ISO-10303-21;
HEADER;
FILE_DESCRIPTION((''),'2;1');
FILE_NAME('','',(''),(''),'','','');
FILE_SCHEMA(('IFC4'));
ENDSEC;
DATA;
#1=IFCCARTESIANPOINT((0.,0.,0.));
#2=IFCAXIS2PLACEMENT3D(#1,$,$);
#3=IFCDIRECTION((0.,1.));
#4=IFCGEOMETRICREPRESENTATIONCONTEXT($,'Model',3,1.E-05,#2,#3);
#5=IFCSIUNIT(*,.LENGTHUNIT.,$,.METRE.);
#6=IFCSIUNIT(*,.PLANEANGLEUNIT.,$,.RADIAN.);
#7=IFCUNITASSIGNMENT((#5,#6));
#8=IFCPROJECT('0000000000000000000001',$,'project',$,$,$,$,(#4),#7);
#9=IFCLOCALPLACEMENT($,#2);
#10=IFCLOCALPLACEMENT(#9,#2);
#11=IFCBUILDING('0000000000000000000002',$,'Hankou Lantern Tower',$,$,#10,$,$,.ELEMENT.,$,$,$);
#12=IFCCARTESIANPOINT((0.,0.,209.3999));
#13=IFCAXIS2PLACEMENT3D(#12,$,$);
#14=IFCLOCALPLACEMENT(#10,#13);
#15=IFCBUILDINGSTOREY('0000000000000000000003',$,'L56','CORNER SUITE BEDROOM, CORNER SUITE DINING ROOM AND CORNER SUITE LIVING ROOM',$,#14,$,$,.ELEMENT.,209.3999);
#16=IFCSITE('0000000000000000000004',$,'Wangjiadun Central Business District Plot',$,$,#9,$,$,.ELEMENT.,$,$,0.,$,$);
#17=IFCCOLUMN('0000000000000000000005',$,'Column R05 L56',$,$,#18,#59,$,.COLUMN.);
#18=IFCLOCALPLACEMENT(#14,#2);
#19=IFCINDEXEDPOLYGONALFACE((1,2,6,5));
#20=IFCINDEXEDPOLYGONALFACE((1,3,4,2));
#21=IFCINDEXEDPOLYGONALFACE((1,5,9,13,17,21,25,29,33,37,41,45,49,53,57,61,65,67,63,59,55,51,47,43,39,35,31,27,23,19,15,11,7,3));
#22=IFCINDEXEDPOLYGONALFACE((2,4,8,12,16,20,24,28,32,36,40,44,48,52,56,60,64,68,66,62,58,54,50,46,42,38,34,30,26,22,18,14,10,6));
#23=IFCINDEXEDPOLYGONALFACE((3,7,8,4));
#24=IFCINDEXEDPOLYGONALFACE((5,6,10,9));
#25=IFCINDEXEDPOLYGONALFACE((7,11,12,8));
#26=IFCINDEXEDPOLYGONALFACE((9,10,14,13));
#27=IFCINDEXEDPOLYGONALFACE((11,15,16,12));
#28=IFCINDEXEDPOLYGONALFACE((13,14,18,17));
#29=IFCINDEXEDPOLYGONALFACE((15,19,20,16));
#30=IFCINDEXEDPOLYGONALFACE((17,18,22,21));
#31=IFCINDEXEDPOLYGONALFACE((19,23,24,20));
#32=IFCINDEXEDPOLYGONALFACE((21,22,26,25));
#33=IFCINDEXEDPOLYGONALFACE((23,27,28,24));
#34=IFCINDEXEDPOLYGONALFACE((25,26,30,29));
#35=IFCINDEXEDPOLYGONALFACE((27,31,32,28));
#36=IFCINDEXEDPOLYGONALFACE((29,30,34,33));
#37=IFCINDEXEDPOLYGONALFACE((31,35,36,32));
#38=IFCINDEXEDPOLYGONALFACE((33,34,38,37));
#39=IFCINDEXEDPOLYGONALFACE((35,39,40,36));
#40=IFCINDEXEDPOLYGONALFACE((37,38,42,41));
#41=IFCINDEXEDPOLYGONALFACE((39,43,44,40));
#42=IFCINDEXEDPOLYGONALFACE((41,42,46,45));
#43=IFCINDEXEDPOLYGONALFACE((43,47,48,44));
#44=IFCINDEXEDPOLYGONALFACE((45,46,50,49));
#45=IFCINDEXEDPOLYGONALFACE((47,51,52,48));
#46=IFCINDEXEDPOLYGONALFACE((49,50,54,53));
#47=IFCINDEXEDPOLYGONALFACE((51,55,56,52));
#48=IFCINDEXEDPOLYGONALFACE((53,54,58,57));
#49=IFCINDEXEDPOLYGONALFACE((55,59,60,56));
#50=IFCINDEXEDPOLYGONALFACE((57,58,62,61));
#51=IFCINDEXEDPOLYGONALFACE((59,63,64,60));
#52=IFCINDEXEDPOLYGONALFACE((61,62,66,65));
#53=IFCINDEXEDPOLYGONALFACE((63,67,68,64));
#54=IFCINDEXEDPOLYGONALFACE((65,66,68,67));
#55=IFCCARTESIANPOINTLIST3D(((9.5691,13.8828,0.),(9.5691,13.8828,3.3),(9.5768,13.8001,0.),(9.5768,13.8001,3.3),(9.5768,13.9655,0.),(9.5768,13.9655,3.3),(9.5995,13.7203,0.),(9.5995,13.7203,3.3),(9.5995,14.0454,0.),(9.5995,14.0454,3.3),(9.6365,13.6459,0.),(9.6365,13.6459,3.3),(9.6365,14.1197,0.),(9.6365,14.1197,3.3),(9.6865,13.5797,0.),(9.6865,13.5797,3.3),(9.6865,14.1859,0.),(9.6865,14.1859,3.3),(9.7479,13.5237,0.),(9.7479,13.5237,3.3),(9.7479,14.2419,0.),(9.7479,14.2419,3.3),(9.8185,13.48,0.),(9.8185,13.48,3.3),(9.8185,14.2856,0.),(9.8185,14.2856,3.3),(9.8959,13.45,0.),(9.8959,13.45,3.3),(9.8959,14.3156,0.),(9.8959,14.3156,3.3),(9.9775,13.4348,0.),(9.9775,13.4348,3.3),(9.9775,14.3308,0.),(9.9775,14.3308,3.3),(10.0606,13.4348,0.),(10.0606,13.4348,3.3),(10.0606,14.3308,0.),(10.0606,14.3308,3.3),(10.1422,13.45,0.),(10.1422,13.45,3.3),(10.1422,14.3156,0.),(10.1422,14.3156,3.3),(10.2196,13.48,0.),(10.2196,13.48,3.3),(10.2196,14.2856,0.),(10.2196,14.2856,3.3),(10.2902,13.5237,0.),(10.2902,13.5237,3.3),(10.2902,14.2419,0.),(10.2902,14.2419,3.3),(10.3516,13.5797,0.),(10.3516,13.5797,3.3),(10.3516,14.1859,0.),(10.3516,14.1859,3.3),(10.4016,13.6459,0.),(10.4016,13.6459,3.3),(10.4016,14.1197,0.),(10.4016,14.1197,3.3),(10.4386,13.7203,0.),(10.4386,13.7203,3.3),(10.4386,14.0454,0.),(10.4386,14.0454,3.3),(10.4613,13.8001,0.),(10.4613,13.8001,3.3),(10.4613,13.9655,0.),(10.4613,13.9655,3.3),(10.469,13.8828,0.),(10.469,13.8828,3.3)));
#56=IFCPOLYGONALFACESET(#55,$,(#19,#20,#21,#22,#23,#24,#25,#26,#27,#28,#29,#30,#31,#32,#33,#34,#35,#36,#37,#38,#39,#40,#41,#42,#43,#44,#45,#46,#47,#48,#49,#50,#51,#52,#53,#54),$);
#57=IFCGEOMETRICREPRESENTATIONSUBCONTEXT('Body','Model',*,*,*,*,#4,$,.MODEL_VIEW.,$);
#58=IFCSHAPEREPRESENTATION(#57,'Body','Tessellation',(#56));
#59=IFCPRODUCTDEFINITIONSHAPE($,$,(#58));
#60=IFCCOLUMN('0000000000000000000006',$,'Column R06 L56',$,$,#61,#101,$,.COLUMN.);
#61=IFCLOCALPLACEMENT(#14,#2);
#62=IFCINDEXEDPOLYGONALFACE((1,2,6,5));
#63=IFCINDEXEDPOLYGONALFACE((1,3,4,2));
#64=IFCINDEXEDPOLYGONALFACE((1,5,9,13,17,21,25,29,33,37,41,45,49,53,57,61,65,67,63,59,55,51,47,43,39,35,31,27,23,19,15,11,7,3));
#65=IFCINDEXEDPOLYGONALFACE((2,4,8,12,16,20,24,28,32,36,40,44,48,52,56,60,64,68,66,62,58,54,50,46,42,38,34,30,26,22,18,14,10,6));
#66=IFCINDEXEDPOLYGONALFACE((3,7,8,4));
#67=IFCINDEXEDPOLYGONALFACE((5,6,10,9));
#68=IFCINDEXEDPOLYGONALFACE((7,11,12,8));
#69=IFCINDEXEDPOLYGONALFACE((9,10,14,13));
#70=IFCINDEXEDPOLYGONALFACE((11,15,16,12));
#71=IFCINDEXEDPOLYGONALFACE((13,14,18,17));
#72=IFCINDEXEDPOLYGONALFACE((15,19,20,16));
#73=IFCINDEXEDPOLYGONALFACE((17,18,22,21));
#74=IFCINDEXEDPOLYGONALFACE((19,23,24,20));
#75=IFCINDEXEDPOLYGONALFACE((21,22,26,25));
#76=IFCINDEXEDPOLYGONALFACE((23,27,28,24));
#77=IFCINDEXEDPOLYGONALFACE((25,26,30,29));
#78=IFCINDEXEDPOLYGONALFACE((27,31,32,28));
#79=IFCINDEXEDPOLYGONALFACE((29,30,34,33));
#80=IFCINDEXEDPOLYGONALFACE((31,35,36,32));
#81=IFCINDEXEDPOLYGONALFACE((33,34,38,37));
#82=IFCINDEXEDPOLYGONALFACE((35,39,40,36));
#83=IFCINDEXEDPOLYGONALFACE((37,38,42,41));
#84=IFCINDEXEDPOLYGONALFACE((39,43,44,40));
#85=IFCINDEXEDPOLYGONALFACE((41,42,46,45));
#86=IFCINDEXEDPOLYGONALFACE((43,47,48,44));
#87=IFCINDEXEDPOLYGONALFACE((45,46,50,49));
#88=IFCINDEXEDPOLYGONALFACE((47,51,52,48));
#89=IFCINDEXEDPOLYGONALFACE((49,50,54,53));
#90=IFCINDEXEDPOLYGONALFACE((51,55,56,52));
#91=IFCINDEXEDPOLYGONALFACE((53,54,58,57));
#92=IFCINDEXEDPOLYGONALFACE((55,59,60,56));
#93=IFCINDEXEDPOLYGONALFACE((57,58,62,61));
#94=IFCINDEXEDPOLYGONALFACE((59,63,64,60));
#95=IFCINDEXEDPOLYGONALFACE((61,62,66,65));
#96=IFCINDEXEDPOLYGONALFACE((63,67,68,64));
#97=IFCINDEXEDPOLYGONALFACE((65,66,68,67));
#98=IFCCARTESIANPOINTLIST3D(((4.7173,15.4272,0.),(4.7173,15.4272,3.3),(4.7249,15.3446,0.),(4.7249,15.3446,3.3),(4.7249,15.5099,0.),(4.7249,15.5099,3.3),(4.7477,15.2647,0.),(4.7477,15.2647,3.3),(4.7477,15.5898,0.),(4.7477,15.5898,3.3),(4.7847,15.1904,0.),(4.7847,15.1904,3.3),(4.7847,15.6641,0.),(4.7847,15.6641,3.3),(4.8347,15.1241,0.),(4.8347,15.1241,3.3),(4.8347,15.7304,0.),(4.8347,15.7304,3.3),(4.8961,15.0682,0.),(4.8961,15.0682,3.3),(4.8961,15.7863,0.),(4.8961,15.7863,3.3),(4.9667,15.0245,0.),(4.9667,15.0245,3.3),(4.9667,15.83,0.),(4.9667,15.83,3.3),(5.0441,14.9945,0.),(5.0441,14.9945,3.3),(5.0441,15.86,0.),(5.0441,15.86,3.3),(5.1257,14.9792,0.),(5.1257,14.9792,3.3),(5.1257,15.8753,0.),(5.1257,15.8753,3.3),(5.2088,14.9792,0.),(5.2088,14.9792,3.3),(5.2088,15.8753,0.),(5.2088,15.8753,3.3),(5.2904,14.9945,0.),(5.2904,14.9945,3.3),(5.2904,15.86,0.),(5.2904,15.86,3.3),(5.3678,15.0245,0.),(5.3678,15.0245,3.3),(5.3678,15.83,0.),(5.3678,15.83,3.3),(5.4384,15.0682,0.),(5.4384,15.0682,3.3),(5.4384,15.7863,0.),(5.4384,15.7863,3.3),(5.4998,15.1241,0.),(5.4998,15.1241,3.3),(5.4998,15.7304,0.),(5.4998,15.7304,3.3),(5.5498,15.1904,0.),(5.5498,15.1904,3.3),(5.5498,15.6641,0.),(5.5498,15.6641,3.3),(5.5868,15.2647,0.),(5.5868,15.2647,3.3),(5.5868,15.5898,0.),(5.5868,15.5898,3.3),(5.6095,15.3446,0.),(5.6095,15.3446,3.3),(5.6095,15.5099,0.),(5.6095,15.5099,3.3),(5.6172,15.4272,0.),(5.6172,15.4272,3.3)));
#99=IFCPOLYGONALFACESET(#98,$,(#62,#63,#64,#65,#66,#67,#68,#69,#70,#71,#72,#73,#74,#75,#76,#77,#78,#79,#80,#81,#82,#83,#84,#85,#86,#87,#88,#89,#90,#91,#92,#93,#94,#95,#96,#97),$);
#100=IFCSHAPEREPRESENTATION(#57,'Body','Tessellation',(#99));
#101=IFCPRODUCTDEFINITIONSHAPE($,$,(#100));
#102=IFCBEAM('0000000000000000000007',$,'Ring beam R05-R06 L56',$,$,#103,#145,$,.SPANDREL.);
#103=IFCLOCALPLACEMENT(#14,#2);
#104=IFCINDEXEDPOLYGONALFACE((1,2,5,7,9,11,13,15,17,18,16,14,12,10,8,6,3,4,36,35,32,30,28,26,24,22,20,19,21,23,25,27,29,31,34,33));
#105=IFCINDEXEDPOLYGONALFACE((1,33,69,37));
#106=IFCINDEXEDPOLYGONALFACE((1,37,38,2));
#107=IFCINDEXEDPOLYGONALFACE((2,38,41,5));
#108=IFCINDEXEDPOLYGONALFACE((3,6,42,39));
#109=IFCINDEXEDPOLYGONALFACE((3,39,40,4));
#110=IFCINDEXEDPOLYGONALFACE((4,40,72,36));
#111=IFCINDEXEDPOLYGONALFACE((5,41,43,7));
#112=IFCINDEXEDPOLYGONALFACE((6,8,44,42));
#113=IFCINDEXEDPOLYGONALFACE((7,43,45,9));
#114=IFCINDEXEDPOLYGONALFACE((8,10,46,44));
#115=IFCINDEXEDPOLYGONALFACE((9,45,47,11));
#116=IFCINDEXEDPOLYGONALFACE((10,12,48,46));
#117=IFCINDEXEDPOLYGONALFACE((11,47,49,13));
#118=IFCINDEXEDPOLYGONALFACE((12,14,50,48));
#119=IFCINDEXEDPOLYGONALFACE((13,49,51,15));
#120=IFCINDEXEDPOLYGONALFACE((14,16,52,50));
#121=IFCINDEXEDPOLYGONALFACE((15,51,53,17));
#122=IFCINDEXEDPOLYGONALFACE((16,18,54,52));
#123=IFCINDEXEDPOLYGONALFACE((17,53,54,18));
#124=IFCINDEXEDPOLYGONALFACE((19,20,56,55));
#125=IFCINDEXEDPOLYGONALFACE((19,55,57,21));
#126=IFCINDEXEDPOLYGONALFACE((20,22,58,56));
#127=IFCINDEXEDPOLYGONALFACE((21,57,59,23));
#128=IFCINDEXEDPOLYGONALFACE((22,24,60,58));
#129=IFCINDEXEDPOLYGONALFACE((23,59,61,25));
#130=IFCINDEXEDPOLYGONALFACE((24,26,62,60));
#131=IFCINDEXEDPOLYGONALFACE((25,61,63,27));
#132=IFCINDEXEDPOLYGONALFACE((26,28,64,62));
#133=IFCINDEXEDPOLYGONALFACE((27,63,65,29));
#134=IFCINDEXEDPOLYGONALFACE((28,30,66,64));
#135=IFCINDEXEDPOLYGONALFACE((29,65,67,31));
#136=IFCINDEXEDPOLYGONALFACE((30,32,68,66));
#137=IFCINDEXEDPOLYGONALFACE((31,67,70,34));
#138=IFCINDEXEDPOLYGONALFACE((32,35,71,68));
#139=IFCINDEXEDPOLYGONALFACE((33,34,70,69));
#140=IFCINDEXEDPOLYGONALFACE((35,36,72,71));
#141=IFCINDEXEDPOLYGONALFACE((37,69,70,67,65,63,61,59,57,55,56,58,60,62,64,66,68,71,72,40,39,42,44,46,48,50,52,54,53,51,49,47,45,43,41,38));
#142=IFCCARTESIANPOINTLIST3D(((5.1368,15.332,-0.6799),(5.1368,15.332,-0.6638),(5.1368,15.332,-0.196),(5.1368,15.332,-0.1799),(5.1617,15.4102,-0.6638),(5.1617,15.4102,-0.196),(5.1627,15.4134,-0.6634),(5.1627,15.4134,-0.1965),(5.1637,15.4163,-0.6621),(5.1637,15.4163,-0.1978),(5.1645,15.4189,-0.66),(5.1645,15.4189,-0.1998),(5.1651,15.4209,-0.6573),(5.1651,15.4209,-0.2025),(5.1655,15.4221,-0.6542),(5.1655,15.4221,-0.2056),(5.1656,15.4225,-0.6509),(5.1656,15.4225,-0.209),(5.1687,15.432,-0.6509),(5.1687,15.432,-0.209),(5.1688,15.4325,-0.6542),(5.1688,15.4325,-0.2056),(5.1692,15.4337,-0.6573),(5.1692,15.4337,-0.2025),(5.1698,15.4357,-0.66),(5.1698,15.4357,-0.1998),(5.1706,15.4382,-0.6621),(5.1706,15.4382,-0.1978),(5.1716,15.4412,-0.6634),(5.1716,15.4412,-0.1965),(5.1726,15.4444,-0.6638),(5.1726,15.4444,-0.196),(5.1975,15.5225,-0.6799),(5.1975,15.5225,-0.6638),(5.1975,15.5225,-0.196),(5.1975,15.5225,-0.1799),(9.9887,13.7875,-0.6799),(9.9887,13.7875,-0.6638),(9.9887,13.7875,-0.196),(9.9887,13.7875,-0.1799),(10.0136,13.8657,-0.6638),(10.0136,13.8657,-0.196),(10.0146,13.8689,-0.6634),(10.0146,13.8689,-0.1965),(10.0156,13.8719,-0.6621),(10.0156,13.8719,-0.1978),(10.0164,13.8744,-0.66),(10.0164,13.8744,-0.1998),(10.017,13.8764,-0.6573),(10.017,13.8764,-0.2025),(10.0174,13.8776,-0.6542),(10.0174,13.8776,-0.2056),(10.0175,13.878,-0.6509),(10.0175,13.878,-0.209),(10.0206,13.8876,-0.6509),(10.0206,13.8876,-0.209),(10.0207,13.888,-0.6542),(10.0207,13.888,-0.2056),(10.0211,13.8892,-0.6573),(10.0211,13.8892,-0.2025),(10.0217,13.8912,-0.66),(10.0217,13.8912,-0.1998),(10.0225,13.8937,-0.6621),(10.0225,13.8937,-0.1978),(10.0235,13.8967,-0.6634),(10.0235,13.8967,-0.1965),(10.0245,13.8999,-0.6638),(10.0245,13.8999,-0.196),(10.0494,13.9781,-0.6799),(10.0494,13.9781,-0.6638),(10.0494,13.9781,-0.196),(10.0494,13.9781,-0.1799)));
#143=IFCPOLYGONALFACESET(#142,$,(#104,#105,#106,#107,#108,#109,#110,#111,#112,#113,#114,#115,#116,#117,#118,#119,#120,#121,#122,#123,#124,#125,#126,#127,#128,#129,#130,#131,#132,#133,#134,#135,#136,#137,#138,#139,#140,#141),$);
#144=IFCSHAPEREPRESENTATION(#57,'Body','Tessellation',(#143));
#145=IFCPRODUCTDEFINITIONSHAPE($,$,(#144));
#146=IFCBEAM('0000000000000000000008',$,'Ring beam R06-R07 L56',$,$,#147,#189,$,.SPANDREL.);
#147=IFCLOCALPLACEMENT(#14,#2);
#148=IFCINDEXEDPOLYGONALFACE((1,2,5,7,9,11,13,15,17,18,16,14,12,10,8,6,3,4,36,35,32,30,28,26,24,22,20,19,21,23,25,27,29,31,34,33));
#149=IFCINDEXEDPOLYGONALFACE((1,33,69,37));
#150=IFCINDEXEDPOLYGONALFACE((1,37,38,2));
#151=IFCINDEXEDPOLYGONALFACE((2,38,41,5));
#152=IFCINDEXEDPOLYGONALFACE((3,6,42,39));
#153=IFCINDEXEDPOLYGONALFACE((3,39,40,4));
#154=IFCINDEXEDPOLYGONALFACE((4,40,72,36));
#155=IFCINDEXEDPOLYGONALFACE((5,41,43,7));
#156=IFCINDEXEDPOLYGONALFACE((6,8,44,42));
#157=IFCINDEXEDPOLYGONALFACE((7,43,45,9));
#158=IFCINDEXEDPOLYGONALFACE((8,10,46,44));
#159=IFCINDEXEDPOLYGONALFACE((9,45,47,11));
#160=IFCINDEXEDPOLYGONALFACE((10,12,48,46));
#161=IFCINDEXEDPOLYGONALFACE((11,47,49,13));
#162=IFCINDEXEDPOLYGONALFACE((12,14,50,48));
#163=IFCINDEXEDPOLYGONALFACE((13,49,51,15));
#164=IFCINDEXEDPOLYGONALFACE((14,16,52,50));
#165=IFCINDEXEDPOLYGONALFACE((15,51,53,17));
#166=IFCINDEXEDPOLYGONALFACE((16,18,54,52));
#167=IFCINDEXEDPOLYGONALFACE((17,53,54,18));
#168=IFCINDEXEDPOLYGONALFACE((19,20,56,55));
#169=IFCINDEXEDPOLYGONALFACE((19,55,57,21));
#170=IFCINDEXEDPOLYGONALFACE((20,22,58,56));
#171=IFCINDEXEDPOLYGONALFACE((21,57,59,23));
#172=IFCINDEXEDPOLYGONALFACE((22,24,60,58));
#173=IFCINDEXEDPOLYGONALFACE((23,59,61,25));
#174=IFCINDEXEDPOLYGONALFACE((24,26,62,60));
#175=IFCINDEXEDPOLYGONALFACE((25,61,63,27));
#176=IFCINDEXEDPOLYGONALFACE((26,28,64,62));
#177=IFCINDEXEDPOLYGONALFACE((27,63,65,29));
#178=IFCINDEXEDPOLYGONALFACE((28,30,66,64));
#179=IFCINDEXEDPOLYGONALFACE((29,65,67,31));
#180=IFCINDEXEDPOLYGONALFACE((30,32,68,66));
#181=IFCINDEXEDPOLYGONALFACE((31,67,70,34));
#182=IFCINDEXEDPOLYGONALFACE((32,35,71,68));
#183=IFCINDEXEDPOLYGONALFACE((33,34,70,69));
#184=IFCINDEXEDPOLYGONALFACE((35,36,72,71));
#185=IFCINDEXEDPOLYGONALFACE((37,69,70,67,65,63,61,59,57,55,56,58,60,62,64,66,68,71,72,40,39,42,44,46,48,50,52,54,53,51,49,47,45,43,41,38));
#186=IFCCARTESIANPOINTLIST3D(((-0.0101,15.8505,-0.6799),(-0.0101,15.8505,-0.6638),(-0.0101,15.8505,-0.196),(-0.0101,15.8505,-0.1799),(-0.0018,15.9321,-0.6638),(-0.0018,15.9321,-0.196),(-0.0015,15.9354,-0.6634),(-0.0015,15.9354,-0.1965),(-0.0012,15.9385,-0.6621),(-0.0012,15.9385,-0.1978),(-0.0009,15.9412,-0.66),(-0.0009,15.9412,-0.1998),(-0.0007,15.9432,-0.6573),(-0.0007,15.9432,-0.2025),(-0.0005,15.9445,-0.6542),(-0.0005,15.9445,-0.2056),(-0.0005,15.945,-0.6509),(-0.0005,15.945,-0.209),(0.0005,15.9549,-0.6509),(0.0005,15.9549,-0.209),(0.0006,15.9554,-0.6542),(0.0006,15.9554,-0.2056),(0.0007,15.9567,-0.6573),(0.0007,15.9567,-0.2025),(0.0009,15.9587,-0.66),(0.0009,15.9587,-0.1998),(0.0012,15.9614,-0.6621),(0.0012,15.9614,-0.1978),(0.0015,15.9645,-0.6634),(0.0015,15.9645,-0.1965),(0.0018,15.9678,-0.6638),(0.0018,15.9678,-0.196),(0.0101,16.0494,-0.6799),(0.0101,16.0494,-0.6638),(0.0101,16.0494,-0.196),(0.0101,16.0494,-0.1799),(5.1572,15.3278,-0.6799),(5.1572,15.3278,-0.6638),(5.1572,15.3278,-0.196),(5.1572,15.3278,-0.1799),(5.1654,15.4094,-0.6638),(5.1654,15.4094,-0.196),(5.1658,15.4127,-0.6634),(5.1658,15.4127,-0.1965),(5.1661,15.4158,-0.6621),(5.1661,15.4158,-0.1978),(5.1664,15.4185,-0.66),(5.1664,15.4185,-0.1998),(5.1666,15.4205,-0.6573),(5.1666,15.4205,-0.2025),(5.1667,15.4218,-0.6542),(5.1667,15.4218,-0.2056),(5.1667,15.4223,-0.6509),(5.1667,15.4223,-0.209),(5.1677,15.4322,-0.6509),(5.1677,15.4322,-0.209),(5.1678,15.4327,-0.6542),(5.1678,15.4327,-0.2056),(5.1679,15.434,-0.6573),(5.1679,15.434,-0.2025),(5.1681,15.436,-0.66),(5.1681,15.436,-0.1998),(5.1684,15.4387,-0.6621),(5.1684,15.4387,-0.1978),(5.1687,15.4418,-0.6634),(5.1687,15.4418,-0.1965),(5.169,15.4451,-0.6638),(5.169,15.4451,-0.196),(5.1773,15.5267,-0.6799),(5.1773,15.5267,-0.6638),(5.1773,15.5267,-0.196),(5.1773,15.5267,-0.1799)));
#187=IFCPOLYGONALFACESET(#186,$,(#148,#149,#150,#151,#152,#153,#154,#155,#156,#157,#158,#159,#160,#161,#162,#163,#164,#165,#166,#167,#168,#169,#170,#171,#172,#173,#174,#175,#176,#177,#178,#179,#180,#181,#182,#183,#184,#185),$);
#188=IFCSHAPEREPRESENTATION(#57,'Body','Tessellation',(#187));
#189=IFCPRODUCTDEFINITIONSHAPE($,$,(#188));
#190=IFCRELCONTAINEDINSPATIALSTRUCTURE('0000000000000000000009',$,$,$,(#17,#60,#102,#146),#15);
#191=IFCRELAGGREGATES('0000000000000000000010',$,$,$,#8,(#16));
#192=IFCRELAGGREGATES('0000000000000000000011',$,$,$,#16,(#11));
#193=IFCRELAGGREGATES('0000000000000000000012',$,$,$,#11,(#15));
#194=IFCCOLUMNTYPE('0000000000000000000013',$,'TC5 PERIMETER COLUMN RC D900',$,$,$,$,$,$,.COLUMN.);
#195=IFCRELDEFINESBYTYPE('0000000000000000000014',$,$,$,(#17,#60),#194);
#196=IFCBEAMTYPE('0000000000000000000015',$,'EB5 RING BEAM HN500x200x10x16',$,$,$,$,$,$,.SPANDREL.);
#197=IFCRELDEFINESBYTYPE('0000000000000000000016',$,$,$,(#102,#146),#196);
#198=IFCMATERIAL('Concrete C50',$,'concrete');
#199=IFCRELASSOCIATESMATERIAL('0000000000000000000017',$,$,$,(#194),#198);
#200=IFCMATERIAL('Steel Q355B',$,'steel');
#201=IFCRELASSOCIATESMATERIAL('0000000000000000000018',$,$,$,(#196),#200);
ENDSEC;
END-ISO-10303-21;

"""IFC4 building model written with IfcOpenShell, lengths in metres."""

from ifc_helpers import new_model, si_unit, direction, frame, origin, origin_2d, place, context, subcontext, project, spatial, circle, i_section, extrude, material, material_profile, profile_set, type_object, element, save


model = new_model("IFC4")

# Units and contexts
model_context = context("Model", 3, precision=1e-05, world=origin(), true_north=direction((0.0, 1.0)))
body_context = subcontext(model_context, "Body", "Model", "MODEL_VIEW")
ifc_project = project(units=[si_unit("LENGTHUNIT", "METRE"), si_unit("PLANEANGLEUNIT", "RADIAN")], contexts=[model_context])

# Site, building, storey
site_placement = place(None, origin())
site = spatial("IfcSite", under=ifc_project, at=site_placement, Name="Wangjiadun Central Business District Plot", CompositionType="ELEMENT", RefElevation=0.0)
building_placement = place(site_placement, origin())
building = spatial("IfcBuilding", under=site, at=building_placement, Name="Hankou Lantern Tower", CompositionType="ELEMENT")
storey_placement = place(building_placement, frame((0.0, 0.0, 209.3999)))
storey = spatial("IfcBuildingStorey", under=building, at=storey_placement, Name="L56", Description="CORNER SUITE BEDROOM, CORNER SUITE DINING ROOM AND CORNER SUITE LIVING ROOM", CompositionType="ELEMENT", Elevation=209.3999)

# Columns
ifc_material_1 = material(Name="Concrete C50", Category="concrete")
ifc_material_profile_1 = material_profile(ifc_material_1, circle(Radius=0.45, at=origin_2d()), Name="RC D900")
ifc_profile_set_1 = profile_set([ifc_material_profile_1], Name="Concrete C50")
column_type = type_object("IfcColumnType", Name="TC5 PERIMETER COLUMN RC D900", PredefinedType="COLUMN", material=ifc_profile_set_1)
for number, where, z_axis, x_axis, name in (
    (1, (10.019, 13.8828, 0.0), (0.0, 0.0, 1.0), (1.0, 0.0, 0.0), "Column R05 L56"),
    (2, (5.1672, 15.4272, 0.0), (0.0, 0.0, 1.0), (1.0, 0.0, 0.0), "Column R06 L56"),
):
    element("IfcColumn", number, at=place(storey_placement, frame(where, z_axis=z_axis, x_axis=x_axis)), inside=storey, type_object=column_type, Name=name, PredefinedType="COLUMN", context=body_context, shape_type="SweptSolid", body=[
        extrude(circle(Radius=0.45, at=origin_2d()), origin(), (0.0, 0.0, 1.0), 3.3),
    ])

# Beams
ifc_material_2 = material(Name="Steel Q355B", Category="steel")
ifc_material_profile_2 = material_profile(ifc_material_2, i_section(OverallWidth=0.2, OverallDepth=0.5, WebThickness=0.01, FlangeThickness=0.0161, FilletRadius=0.0129, at=origin_2d()), Name="HN500x200x10x16")
ifc_profile_set_2 = profile_set([ifc_material_profile_2], Name="Steel Q355B")
beam_type_1 = type_object("IfcBeamType", Name="EB5 RING BEAM HN500x200x10x16", PredefinedType="SPANDREL", material=ifc_profile_set_2)
beam_1_placement = place(storey_placement, frame((10.019, 13.8828, -0.4299), z_axis=(-0.952887, 0.303324, 0.0), x_axis=(-0.303324, -0.952887, 0.0)))
element("IfcBeam", 3, at=beam_1_placement, inside=storey, type_object=beam_type_1, Name="Ring beam R05-R06 L56", PredefinedType="SPANDREL", context=body_context, shape_type="SweptSolid", body=[
    extrude(i_section(OverallWidth=0.2, OverallDepth=0.5, WebThickness=0.01, FlangeThickness=0.0161, FilletRadius=0.0129, at=origin_2d()), origin(), (0.0, 0.0, 1.0), 5.0918),
])
beam_2_placement = place(storey_placement, frame((5.1672, 15.4272, -0.4299), z_axis=(-0.994923, 0.100644, 0.0), x_axis=(-0.100644, -0.994923, 0.0)))
element("IfcBeam", 4, at=beam_2_placement, inside=storey, type_object=beam_type_1, Name="Ring beam R06-R07 L56", PredefinedType="SPANDREL", context=body_context, shape_type="SweptSolid", body=[
    extrude(i_section(OverallWidth=0.2, OverallDepth=0.5, WebThickness=0.01, FlangeThickness=0.0161, FilletRadius=0.0129, at=origin_2d()), origin(), (0.0, 0.0, 1.0), 5.1936),
])

save(model, "model.ifc")
